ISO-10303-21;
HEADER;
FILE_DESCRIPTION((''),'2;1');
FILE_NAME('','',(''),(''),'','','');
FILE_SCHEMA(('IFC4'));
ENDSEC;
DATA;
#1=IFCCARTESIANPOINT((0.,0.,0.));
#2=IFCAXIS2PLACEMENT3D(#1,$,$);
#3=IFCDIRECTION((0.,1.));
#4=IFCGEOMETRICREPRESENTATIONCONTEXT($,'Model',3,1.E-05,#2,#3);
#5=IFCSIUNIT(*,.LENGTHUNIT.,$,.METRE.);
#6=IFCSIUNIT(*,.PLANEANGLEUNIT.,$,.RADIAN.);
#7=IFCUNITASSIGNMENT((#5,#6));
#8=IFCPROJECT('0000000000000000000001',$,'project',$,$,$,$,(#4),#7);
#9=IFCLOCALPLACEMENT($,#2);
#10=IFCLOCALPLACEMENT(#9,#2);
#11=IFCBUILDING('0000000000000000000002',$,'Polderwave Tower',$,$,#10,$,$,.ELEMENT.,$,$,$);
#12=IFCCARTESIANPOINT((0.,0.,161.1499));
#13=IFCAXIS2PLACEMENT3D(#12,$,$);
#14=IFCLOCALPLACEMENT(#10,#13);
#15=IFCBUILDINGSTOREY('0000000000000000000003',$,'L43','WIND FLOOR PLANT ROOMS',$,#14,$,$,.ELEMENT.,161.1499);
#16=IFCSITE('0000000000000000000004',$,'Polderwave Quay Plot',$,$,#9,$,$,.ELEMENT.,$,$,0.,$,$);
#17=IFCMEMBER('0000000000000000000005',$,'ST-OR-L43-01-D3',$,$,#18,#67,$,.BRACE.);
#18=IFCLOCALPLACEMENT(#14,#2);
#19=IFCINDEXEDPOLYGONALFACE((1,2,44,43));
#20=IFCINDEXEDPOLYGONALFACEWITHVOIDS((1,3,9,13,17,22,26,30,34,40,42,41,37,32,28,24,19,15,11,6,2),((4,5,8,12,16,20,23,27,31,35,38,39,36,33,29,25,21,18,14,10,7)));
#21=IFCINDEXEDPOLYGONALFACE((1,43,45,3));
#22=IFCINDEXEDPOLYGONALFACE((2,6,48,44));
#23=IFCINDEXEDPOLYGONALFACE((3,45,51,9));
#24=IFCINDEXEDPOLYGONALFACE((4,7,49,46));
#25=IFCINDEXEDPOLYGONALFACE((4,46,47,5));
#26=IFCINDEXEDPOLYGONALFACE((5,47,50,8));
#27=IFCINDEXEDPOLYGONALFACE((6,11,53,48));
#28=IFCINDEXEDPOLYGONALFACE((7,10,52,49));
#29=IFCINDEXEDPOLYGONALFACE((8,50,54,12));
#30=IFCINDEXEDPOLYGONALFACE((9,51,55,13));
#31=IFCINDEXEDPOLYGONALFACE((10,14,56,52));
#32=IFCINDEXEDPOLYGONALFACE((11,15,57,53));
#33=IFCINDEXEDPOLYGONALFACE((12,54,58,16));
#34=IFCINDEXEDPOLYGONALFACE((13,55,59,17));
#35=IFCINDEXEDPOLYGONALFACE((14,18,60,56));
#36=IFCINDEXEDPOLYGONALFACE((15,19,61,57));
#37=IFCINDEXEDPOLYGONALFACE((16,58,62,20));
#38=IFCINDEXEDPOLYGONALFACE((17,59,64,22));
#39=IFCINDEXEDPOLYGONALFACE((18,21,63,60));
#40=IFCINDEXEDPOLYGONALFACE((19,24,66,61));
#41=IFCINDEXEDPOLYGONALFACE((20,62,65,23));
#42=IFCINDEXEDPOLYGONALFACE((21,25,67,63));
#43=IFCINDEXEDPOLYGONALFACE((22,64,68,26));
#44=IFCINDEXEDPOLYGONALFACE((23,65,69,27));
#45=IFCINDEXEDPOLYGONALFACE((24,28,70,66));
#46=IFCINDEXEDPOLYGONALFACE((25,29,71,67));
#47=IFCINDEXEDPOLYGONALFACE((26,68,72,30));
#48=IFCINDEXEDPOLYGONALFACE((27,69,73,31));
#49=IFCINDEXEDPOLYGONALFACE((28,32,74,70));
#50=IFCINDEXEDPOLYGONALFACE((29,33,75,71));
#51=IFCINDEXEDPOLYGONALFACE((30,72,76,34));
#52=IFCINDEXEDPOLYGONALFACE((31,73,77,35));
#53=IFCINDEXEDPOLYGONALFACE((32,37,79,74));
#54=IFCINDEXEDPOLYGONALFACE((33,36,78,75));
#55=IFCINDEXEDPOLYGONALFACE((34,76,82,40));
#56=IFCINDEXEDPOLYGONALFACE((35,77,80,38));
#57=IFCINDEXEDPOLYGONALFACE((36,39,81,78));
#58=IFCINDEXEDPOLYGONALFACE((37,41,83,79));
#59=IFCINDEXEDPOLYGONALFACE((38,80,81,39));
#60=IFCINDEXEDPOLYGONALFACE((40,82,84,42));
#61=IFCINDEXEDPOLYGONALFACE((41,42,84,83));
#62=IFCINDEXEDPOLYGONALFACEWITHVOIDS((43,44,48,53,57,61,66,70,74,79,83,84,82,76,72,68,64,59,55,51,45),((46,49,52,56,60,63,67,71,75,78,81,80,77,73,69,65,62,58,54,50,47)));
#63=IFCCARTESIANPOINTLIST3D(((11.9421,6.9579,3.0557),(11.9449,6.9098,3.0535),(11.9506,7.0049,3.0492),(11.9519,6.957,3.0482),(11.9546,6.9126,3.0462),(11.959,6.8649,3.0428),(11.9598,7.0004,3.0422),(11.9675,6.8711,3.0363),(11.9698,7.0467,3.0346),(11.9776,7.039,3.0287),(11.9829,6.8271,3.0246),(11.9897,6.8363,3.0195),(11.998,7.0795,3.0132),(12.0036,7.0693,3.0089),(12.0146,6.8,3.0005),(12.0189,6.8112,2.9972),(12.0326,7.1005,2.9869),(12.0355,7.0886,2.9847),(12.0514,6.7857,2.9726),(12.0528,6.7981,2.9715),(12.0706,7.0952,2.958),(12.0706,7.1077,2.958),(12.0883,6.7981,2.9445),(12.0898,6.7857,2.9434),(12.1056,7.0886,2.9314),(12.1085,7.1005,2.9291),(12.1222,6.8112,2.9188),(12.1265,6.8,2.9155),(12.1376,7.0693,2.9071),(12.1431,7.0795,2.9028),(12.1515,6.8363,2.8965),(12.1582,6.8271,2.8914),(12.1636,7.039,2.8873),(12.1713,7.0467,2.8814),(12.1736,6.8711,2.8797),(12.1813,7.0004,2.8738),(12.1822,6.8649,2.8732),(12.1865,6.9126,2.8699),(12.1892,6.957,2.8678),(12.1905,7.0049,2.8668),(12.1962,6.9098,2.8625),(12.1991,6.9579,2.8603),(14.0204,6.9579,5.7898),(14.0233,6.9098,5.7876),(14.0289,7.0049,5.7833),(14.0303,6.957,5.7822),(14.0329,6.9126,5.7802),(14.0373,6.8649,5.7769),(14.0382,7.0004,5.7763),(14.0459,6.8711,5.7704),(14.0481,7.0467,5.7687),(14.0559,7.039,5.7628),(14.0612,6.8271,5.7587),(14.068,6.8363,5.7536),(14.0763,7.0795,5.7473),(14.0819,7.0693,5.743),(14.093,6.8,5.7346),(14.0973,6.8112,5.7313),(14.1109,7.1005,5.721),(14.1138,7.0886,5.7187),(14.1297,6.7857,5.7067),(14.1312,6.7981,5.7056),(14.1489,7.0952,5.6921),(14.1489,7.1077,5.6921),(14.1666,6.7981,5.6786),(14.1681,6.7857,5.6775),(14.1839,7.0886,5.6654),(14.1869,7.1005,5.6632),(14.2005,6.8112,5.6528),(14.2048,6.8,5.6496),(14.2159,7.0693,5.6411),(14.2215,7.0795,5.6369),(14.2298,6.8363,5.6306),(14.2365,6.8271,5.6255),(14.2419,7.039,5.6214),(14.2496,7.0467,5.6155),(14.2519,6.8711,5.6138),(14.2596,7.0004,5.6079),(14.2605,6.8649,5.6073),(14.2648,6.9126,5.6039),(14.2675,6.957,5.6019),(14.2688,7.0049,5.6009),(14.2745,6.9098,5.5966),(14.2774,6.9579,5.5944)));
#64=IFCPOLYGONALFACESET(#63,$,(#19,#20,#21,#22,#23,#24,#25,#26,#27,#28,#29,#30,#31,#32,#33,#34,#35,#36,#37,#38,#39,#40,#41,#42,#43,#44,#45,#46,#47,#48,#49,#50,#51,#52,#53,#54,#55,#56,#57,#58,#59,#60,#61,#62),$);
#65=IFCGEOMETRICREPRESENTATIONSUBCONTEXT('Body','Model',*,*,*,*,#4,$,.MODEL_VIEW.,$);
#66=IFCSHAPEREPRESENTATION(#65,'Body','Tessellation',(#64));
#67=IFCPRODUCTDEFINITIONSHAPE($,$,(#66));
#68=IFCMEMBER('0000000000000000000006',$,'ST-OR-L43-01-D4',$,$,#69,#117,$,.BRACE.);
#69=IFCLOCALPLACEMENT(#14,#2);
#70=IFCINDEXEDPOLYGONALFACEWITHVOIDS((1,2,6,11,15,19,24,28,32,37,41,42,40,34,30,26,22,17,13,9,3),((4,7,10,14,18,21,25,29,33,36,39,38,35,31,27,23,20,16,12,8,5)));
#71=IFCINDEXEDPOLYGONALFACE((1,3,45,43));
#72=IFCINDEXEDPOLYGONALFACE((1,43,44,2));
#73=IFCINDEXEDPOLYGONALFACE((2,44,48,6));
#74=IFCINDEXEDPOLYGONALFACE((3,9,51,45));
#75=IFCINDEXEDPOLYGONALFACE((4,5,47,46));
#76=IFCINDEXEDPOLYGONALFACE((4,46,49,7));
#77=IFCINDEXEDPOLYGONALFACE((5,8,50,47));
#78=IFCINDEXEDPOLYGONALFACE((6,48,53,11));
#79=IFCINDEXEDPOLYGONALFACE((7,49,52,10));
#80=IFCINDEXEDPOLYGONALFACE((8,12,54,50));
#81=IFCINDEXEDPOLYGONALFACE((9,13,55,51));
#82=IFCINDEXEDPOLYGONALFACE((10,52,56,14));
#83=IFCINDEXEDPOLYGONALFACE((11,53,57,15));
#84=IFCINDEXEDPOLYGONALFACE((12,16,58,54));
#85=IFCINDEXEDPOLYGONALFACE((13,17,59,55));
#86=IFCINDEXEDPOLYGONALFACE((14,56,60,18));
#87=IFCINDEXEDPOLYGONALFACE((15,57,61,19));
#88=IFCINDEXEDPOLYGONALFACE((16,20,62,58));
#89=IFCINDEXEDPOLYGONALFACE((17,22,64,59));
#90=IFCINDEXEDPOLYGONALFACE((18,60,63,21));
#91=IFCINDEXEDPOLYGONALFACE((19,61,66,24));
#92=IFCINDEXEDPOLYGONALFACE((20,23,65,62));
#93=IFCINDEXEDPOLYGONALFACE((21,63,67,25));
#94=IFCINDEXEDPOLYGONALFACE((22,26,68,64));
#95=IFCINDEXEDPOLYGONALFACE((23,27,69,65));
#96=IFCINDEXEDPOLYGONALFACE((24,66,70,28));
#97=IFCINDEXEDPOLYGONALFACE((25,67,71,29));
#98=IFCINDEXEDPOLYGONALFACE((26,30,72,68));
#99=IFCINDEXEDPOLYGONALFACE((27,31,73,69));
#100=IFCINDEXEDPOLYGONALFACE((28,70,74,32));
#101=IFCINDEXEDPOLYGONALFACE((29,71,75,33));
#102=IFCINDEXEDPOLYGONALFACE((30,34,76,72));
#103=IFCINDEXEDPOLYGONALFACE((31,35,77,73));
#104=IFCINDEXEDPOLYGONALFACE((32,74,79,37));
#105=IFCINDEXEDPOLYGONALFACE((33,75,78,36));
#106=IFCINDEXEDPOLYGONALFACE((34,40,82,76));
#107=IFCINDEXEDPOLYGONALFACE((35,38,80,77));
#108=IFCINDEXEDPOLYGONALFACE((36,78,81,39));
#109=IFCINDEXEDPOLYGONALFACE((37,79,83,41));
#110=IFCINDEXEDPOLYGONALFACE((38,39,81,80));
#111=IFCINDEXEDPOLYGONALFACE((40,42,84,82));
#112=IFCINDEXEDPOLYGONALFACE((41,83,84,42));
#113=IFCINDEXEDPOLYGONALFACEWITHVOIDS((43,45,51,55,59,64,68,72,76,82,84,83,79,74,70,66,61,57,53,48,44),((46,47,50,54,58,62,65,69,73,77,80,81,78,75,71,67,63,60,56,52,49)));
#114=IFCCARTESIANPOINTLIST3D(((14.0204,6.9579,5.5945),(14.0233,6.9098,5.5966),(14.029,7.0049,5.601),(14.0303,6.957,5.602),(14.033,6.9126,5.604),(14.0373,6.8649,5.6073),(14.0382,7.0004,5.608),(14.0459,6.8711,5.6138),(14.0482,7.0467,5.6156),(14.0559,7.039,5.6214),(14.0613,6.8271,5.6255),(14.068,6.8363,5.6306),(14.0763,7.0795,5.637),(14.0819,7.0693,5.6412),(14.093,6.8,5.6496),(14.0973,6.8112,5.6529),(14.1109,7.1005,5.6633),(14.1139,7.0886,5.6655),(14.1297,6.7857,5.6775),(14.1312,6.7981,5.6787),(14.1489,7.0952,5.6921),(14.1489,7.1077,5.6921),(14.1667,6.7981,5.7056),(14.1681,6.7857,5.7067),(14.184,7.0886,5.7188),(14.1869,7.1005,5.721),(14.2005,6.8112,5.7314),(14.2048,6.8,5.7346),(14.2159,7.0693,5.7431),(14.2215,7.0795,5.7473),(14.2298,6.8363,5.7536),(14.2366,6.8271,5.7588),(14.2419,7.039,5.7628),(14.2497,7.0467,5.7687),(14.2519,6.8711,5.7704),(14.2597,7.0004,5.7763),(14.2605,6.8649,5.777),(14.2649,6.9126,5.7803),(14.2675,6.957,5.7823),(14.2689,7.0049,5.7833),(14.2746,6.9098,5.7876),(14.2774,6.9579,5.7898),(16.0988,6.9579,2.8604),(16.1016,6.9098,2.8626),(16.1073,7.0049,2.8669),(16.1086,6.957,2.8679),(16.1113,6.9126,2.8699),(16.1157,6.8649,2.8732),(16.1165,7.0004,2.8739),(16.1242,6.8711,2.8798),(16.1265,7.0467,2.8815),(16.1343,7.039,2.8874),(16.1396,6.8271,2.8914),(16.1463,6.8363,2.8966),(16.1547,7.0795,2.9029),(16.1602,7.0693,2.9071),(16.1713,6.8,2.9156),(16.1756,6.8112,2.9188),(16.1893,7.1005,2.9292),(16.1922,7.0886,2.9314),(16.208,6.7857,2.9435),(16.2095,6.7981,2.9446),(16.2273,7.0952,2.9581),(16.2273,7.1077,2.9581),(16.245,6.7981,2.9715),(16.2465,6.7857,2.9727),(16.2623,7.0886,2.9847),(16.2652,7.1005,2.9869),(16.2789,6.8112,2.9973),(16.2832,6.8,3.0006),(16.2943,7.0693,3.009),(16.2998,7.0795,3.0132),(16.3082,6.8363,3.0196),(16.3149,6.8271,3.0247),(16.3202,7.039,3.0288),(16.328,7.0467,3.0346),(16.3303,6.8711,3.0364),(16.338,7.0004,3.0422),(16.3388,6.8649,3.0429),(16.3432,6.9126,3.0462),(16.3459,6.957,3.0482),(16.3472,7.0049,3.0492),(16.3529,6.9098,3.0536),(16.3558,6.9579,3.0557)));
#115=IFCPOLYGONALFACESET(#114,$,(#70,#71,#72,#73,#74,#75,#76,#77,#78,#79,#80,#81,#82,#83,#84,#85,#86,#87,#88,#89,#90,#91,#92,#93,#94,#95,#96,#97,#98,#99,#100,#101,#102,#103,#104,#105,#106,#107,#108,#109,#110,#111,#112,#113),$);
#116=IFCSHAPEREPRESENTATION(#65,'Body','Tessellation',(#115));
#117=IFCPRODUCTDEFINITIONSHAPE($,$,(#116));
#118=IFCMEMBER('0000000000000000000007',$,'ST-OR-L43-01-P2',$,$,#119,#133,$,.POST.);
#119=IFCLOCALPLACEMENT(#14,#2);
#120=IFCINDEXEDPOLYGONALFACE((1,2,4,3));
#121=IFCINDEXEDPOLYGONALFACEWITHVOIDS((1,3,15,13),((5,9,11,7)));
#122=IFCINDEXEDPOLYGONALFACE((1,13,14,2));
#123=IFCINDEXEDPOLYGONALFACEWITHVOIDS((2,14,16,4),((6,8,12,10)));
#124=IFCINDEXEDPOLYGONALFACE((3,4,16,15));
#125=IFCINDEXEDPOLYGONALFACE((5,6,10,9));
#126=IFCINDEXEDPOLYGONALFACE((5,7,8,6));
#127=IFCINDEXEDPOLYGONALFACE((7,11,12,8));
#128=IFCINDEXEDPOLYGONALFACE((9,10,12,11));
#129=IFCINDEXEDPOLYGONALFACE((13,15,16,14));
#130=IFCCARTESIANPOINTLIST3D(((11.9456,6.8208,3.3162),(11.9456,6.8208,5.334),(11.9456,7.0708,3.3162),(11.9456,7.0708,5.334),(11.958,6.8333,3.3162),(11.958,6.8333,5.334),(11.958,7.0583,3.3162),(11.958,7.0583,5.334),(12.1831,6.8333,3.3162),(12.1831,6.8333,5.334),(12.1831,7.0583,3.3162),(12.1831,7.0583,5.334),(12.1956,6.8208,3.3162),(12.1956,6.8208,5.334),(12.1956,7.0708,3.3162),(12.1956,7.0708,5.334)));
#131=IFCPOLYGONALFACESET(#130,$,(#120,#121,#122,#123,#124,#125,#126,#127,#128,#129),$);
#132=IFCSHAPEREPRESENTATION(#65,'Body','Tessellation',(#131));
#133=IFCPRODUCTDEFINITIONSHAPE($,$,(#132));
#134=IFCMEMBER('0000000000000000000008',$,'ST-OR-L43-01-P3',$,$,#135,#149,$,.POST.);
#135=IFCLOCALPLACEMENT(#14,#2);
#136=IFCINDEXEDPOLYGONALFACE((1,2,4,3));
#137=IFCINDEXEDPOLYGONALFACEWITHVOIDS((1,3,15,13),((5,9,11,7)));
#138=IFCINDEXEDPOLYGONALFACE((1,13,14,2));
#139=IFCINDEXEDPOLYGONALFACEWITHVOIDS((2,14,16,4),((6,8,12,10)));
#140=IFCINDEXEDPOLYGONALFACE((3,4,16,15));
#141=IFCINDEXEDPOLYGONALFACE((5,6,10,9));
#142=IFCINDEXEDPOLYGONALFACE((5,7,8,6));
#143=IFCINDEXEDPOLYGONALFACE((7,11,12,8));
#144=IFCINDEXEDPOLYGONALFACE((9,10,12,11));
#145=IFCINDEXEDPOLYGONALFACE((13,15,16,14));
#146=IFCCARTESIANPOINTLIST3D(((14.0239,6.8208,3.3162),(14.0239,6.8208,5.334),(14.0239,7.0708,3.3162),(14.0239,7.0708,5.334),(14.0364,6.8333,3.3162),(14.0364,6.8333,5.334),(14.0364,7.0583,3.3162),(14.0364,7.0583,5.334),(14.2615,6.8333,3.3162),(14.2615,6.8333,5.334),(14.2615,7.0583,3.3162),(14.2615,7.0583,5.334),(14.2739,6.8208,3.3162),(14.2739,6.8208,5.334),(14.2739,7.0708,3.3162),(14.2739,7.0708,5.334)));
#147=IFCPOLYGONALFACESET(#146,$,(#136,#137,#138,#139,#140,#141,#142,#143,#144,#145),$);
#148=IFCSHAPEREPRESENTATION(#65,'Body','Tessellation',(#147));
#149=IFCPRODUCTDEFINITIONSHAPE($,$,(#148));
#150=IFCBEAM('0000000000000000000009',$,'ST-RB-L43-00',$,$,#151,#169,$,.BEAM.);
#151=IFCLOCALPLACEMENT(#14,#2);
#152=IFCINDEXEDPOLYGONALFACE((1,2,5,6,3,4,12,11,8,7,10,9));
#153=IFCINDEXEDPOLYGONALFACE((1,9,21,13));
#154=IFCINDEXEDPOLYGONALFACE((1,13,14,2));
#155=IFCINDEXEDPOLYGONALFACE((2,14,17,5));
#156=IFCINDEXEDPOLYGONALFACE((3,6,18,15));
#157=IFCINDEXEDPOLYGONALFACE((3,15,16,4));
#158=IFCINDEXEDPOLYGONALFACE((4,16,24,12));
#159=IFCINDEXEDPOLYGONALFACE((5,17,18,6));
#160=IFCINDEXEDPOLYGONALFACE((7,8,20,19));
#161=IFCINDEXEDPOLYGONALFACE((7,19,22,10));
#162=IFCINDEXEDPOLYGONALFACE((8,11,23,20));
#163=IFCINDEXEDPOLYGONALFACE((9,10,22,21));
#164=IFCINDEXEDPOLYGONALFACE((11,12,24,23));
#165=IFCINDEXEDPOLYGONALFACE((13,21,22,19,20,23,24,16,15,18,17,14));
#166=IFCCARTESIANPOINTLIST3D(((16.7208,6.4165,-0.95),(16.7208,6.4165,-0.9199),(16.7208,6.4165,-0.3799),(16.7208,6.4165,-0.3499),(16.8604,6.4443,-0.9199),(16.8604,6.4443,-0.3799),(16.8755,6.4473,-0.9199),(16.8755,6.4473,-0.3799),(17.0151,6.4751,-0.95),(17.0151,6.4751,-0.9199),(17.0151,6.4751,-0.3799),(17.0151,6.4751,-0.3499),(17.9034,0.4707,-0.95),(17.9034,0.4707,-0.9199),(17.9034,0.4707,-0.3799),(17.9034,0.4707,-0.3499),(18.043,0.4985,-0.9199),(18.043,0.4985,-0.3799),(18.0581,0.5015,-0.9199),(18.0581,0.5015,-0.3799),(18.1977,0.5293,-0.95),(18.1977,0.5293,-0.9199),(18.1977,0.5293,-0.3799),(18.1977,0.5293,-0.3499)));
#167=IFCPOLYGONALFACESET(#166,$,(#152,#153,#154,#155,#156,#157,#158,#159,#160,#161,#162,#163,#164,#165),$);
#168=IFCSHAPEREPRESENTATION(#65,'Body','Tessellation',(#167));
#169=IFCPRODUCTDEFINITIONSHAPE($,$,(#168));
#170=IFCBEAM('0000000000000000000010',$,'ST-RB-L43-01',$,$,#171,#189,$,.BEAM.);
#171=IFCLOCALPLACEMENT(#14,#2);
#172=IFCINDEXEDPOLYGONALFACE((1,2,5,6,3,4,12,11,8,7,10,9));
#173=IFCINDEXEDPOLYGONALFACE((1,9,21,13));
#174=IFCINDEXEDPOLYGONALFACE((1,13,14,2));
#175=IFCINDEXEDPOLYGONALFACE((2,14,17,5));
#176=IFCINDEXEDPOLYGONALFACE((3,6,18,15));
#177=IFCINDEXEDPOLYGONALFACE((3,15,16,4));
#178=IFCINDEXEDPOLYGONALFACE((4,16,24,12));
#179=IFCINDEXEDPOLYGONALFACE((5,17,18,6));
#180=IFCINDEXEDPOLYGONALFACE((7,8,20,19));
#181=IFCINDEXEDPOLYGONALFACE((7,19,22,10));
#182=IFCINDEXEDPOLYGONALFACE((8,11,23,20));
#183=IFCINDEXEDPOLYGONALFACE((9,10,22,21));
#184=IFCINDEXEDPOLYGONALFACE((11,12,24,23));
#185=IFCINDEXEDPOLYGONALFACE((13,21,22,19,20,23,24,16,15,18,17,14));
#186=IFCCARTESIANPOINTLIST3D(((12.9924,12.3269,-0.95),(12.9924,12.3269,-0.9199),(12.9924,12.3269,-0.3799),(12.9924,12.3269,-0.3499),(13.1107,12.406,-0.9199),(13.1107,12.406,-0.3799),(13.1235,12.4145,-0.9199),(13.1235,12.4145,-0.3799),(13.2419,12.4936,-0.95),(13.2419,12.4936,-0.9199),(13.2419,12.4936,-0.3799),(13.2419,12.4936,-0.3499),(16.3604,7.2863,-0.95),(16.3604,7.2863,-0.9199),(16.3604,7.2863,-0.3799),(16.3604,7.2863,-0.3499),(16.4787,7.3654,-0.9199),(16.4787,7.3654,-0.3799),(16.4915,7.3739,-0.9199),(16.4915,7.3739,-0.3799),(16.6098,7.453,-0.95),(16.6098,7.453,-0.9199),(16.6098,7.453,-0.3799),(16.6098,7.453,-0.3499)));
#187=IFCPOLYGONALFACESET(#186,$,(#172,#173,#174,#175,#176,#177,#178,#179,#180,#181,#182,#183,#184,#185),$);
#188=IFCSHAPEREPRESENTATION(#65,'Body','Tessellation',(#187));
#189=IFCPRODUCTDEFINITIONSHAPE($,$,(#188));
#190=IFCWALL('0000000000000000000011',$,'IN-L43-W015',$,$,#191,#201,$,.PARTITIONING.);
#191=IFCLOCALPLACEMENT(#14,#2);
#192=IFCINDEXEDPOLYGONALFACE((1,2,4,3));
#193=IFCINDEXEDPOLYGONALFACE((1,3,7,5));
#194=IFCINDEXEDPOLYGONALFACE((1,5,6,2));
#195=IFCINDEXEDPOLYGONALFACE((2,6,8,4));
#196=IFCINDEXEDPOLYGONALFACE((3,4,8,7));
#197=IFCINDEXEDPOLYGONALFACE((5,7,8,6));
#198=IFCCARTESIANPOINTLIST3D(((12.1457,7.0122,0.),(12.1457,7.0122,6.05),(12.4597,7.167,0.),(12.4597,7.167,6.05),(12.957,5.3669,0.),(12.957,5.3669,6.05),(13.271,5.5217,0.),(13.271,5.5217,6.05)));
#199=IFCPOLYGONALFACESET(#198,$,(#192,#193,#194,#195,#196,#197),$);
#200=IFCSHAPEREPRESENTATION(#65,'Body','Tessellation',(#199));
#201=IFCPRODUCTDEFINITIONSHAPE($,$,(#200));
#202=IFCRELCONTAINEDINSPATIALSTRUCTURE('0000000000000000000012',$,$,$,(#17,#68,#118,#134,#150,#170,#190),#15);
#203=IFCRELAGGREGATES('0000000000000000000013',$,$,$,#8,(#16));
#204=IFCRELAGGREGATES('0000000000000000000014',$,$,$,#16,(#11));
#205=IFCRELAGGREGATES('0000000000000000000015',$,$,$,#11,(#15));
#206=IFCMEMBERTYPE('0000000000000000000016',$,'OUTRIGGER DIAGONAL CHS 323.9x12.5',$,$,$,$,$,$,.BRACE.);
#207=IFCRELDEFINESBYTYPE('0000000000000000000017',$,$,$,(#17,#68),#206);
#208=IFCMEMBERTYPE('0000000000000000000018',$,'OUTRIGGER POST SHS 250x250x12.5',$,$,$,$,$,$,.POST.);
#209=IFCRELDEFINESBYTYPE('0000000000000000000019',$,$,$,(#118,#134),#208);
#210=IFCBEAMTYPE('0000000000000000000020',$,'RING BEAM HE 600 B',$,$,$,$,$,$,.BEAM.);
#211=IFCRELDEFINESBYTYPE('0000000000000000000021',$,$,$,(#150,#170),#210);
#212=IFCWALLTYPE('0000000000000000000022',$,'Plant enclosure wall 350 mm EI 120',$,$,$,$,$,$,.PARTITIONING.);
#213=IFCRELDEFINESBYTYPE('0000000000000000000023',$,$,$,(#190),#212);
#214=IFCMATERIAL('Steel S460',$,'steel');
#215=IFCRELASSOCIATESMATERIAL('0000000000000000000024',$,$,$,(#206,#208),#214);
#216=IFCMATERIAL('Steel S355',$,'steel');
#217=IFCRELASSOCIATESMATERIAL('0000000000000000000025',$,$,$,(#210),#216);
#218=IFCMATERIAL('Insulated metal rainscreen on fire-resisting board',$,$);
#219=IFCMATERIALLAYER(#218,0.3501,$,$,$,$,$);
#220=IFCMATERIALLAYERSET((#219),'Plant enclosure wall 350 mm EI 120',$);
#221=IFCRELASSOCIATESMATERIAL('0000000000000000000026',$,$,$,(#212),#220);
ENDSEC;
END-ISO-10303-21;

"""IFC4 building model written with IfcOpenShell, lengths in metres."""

from ifc_helpers import new_model, si_unit, direction, frame, frame_2d, origin, origin_2d, place, context, subcontext, project, spatial, rectangle, hollow_rectangle, hollow_circle, i_section, extrude, material, layer, layer_set, material_profile, profile_set, type_object, element, save


model = new_model("IFC4")

# Units and contexts
model_context = context("Model", 3, precision=1e-05, world=origin(), true_north=direction((0.0, 1.0)))
body_context = subcontext(model_context, "Body", "Model", "MODEL_VIEW")
ifc_project = project(units=[si_unit("LENGTHUNIT", "METRE"), si_unit("PLANEANGLEUNIT", "RADIAN")], contexts=[model_context])

# Site, building, storey
site_placement = place(None, origin())
site = spatial("IfcSite", under=ifc_project, at=site_placement, Name="Polderwave Quay Plot", CompositionType="ELEMENT", RefElevation=0.0)
building_placement = place(site_placement, origin())
building = spatial("IfcBuilding", under=site, at=building_placement, Name="Polderwave Tower", CompositionType="ELEMENT")
storey_placement = place(building_placement, frame((0.0, 0.0, 161.1499)))
storey = spatial("IfcBuildingStorey", under=building, at=storey_placement, Name="L43", Description="WIND FLOOR PLANT ROOMS", CompositionType="ELEMENT", Elevation=161.1499)

# Members
ifc_material_1 = material(Name="Steel S460", Category="steel")
ifc_material_profile_1 = material_profile(ifc_material_1, hollow_circle(Radius=0.1619, WallThickness=0.0125, at=origin_2d()), Name="CHS 323.9x12.5")
ifc_profile_set_1 = profile_set([ifc_material_profile_1], Name="Steel S460")
member_type_1 = type_object("IfcMemberType", Name="OUTRIGGER DIAGONAL CHS 323.9x12.5", PredefinedType="BRACE", material=ifc_profile_set_1)
for number, where, z_axis, x_axis, name in (
    (1, (12.0706, 6.9458, 2.958), (0.605163, 0.0, 0.796102), (0.0, 1.0, 0.0), "ST-OR-L43-01-D3"),
    (2, (14.1489, 6.9458, 5.6921), (0.605163, 0.0, -0.796102), (0.0, 1.0, 0.0), "ST-OR-L43-01-D4"),
):
    element("IfcMember", number, at=place(storey_placement, frame(where, z_axis=z_axis, x_axis=x_axis)), inside=storey, type_object=member_type_1, Name=name, PredefinedType="BRACE", context=body_context, shape_type="SweptSolid", body=[
        extrude(hollow_circle(Radius=0.1619, WallThickness=0.0125, at=origin_2d()), origin(), (0.0, 0.0, 1.0), 3.4343),
    ])
ifc_material_profile_2 = material_profile(ifc_material_1, hollow_rectangle(XDim=0.25, YDim=0.25, WallThickness=0.0125, at=origin_2d()), Name="SHS 250x250x12.5")
ifc_profile_set_2 = profile_set([ifc_material_profile_2], Name="Steel S460")
member_type_2 = type_object("IfcMemberType", Name="OUTRIGGER POST SHS 250x250x12.5", PredefinedType="POST", material=ifc_profile_set_2)
for number, where, z_axis, x_axis, name in (
    (3, (12.0706, 6.9458, 3.3162), (0.0, 0.0, 1.0), (1.0, 0.0, 0.0), "ST-OR-L43-01-P2"),
    (4, (14.1489, 6.9458, 3.3162), (0.0, 0.0, 1.0), (1.0, 0.0, 0.0), "ST-OR-L43-01-P3"),
):
    element("IfcMember", number, at=place(storey_placement, frame(where, z_axis=z_axis, x_axis=x_axis)), inside=storey, type_object=member_type_2, Name=name, PredefinedType="POST", context=body_context, shape_type="SweptSolid", body=[
        extrude(hollow_rectangle(XDim=0.25, YDim=0.25, WallThickness=0.0125, at=origin_2d()), origin(), (0.0, 0.0, 1.0), 2.0178),
    ])

# Beams
ifc_material_2 = material(Name="Steel S355", Category="steel")
ifc_material_profile_3 = material_profile(ifc_material_2, i_section(OverallWidth=0.3, OverallDepth=0.6001, WebThickness=0.0154, FlangeThickness=0.03, at=origin_2d()), Name="HE 600 B")
ifc_profile_set_3 = profile_set([ifc_material_profile_3], Name="Steel S355")
beam_type = type_object("IfcBeamType", Name="RING BEAM HE 600 B", PredefinedType="BEAM", material=ifc_profile_set_3)
for number, where, z_axis, x_axis, name in (
    (5, (18.0505, 0.5, -0.6499), (-0.195078, 0.980788, 0.0), (-0.980788, -0.195078, 0.0), "ST-RB-L43-00"),
    (6, (16.4851, 7.3696, -0.6499), (-0.555564, 0.831474, 0.0), (-0.831474, -0.555564, 0.0), "ST-RB-L43-01"),
):
    element("IfcBeam", number, at=place(storey_placement, frame(where, z_axis=z_axis, x_axis=x_axis)), inside=storey, type_object=beam_type, Name=name, PredefinedType="BEAM", context=body_context, shape_type="SweptSolid", body=[
        extrude(i_section(OverallWidth=0.3, OverallDepth=0.6001, WebThickness=0.0154, FlangeThickness=0.03, at=origin_2d()), origin(), (0.0, 0.0, 1.0), 6.0623),
    ])

# Wall
ifc_material_3 = material(Name="Insulated metal rainscreen on fire-resisting board")
ifc_layer_1 = layer(ifc_material_3, 0.3501)
ifc_layer_set_1 = layer_set([ifc_layer_1], Name="Plant enclosure wall 350 mm EI 120")
wall_type_1 = type_object("IfcWallType", Name="Plant enclosure wall 350 mm EI 120", PredefinedType="PARTITIONING", material=ifc_layer_set_1)
for number, where, z_axis, x_axis, name in (
    (7, (12.3027, 7.0896, 0.0), (0.0, 0.0, 1.0), (0.442256, -0.896889, 0.0), "IN-L43-W015"),
):
    element("IfcWall", number, at=place(storey_placement, frame(where, z_axis=z_axis, x_axis=x_axis)), inside=storey, type_object=wall_type_1, Name=name, PredefinedType="PARTITIONING", context=body_context, shape_type="SweptSolid", body=[
        extrude(rectangle(XDim=1.8345, YDim=0.3501, at=frame_2d((0.9172, 0.0))), origin(), (0.0, 0.0, 1.0), 6.05),
    ])

save(model, "model.ifc")
